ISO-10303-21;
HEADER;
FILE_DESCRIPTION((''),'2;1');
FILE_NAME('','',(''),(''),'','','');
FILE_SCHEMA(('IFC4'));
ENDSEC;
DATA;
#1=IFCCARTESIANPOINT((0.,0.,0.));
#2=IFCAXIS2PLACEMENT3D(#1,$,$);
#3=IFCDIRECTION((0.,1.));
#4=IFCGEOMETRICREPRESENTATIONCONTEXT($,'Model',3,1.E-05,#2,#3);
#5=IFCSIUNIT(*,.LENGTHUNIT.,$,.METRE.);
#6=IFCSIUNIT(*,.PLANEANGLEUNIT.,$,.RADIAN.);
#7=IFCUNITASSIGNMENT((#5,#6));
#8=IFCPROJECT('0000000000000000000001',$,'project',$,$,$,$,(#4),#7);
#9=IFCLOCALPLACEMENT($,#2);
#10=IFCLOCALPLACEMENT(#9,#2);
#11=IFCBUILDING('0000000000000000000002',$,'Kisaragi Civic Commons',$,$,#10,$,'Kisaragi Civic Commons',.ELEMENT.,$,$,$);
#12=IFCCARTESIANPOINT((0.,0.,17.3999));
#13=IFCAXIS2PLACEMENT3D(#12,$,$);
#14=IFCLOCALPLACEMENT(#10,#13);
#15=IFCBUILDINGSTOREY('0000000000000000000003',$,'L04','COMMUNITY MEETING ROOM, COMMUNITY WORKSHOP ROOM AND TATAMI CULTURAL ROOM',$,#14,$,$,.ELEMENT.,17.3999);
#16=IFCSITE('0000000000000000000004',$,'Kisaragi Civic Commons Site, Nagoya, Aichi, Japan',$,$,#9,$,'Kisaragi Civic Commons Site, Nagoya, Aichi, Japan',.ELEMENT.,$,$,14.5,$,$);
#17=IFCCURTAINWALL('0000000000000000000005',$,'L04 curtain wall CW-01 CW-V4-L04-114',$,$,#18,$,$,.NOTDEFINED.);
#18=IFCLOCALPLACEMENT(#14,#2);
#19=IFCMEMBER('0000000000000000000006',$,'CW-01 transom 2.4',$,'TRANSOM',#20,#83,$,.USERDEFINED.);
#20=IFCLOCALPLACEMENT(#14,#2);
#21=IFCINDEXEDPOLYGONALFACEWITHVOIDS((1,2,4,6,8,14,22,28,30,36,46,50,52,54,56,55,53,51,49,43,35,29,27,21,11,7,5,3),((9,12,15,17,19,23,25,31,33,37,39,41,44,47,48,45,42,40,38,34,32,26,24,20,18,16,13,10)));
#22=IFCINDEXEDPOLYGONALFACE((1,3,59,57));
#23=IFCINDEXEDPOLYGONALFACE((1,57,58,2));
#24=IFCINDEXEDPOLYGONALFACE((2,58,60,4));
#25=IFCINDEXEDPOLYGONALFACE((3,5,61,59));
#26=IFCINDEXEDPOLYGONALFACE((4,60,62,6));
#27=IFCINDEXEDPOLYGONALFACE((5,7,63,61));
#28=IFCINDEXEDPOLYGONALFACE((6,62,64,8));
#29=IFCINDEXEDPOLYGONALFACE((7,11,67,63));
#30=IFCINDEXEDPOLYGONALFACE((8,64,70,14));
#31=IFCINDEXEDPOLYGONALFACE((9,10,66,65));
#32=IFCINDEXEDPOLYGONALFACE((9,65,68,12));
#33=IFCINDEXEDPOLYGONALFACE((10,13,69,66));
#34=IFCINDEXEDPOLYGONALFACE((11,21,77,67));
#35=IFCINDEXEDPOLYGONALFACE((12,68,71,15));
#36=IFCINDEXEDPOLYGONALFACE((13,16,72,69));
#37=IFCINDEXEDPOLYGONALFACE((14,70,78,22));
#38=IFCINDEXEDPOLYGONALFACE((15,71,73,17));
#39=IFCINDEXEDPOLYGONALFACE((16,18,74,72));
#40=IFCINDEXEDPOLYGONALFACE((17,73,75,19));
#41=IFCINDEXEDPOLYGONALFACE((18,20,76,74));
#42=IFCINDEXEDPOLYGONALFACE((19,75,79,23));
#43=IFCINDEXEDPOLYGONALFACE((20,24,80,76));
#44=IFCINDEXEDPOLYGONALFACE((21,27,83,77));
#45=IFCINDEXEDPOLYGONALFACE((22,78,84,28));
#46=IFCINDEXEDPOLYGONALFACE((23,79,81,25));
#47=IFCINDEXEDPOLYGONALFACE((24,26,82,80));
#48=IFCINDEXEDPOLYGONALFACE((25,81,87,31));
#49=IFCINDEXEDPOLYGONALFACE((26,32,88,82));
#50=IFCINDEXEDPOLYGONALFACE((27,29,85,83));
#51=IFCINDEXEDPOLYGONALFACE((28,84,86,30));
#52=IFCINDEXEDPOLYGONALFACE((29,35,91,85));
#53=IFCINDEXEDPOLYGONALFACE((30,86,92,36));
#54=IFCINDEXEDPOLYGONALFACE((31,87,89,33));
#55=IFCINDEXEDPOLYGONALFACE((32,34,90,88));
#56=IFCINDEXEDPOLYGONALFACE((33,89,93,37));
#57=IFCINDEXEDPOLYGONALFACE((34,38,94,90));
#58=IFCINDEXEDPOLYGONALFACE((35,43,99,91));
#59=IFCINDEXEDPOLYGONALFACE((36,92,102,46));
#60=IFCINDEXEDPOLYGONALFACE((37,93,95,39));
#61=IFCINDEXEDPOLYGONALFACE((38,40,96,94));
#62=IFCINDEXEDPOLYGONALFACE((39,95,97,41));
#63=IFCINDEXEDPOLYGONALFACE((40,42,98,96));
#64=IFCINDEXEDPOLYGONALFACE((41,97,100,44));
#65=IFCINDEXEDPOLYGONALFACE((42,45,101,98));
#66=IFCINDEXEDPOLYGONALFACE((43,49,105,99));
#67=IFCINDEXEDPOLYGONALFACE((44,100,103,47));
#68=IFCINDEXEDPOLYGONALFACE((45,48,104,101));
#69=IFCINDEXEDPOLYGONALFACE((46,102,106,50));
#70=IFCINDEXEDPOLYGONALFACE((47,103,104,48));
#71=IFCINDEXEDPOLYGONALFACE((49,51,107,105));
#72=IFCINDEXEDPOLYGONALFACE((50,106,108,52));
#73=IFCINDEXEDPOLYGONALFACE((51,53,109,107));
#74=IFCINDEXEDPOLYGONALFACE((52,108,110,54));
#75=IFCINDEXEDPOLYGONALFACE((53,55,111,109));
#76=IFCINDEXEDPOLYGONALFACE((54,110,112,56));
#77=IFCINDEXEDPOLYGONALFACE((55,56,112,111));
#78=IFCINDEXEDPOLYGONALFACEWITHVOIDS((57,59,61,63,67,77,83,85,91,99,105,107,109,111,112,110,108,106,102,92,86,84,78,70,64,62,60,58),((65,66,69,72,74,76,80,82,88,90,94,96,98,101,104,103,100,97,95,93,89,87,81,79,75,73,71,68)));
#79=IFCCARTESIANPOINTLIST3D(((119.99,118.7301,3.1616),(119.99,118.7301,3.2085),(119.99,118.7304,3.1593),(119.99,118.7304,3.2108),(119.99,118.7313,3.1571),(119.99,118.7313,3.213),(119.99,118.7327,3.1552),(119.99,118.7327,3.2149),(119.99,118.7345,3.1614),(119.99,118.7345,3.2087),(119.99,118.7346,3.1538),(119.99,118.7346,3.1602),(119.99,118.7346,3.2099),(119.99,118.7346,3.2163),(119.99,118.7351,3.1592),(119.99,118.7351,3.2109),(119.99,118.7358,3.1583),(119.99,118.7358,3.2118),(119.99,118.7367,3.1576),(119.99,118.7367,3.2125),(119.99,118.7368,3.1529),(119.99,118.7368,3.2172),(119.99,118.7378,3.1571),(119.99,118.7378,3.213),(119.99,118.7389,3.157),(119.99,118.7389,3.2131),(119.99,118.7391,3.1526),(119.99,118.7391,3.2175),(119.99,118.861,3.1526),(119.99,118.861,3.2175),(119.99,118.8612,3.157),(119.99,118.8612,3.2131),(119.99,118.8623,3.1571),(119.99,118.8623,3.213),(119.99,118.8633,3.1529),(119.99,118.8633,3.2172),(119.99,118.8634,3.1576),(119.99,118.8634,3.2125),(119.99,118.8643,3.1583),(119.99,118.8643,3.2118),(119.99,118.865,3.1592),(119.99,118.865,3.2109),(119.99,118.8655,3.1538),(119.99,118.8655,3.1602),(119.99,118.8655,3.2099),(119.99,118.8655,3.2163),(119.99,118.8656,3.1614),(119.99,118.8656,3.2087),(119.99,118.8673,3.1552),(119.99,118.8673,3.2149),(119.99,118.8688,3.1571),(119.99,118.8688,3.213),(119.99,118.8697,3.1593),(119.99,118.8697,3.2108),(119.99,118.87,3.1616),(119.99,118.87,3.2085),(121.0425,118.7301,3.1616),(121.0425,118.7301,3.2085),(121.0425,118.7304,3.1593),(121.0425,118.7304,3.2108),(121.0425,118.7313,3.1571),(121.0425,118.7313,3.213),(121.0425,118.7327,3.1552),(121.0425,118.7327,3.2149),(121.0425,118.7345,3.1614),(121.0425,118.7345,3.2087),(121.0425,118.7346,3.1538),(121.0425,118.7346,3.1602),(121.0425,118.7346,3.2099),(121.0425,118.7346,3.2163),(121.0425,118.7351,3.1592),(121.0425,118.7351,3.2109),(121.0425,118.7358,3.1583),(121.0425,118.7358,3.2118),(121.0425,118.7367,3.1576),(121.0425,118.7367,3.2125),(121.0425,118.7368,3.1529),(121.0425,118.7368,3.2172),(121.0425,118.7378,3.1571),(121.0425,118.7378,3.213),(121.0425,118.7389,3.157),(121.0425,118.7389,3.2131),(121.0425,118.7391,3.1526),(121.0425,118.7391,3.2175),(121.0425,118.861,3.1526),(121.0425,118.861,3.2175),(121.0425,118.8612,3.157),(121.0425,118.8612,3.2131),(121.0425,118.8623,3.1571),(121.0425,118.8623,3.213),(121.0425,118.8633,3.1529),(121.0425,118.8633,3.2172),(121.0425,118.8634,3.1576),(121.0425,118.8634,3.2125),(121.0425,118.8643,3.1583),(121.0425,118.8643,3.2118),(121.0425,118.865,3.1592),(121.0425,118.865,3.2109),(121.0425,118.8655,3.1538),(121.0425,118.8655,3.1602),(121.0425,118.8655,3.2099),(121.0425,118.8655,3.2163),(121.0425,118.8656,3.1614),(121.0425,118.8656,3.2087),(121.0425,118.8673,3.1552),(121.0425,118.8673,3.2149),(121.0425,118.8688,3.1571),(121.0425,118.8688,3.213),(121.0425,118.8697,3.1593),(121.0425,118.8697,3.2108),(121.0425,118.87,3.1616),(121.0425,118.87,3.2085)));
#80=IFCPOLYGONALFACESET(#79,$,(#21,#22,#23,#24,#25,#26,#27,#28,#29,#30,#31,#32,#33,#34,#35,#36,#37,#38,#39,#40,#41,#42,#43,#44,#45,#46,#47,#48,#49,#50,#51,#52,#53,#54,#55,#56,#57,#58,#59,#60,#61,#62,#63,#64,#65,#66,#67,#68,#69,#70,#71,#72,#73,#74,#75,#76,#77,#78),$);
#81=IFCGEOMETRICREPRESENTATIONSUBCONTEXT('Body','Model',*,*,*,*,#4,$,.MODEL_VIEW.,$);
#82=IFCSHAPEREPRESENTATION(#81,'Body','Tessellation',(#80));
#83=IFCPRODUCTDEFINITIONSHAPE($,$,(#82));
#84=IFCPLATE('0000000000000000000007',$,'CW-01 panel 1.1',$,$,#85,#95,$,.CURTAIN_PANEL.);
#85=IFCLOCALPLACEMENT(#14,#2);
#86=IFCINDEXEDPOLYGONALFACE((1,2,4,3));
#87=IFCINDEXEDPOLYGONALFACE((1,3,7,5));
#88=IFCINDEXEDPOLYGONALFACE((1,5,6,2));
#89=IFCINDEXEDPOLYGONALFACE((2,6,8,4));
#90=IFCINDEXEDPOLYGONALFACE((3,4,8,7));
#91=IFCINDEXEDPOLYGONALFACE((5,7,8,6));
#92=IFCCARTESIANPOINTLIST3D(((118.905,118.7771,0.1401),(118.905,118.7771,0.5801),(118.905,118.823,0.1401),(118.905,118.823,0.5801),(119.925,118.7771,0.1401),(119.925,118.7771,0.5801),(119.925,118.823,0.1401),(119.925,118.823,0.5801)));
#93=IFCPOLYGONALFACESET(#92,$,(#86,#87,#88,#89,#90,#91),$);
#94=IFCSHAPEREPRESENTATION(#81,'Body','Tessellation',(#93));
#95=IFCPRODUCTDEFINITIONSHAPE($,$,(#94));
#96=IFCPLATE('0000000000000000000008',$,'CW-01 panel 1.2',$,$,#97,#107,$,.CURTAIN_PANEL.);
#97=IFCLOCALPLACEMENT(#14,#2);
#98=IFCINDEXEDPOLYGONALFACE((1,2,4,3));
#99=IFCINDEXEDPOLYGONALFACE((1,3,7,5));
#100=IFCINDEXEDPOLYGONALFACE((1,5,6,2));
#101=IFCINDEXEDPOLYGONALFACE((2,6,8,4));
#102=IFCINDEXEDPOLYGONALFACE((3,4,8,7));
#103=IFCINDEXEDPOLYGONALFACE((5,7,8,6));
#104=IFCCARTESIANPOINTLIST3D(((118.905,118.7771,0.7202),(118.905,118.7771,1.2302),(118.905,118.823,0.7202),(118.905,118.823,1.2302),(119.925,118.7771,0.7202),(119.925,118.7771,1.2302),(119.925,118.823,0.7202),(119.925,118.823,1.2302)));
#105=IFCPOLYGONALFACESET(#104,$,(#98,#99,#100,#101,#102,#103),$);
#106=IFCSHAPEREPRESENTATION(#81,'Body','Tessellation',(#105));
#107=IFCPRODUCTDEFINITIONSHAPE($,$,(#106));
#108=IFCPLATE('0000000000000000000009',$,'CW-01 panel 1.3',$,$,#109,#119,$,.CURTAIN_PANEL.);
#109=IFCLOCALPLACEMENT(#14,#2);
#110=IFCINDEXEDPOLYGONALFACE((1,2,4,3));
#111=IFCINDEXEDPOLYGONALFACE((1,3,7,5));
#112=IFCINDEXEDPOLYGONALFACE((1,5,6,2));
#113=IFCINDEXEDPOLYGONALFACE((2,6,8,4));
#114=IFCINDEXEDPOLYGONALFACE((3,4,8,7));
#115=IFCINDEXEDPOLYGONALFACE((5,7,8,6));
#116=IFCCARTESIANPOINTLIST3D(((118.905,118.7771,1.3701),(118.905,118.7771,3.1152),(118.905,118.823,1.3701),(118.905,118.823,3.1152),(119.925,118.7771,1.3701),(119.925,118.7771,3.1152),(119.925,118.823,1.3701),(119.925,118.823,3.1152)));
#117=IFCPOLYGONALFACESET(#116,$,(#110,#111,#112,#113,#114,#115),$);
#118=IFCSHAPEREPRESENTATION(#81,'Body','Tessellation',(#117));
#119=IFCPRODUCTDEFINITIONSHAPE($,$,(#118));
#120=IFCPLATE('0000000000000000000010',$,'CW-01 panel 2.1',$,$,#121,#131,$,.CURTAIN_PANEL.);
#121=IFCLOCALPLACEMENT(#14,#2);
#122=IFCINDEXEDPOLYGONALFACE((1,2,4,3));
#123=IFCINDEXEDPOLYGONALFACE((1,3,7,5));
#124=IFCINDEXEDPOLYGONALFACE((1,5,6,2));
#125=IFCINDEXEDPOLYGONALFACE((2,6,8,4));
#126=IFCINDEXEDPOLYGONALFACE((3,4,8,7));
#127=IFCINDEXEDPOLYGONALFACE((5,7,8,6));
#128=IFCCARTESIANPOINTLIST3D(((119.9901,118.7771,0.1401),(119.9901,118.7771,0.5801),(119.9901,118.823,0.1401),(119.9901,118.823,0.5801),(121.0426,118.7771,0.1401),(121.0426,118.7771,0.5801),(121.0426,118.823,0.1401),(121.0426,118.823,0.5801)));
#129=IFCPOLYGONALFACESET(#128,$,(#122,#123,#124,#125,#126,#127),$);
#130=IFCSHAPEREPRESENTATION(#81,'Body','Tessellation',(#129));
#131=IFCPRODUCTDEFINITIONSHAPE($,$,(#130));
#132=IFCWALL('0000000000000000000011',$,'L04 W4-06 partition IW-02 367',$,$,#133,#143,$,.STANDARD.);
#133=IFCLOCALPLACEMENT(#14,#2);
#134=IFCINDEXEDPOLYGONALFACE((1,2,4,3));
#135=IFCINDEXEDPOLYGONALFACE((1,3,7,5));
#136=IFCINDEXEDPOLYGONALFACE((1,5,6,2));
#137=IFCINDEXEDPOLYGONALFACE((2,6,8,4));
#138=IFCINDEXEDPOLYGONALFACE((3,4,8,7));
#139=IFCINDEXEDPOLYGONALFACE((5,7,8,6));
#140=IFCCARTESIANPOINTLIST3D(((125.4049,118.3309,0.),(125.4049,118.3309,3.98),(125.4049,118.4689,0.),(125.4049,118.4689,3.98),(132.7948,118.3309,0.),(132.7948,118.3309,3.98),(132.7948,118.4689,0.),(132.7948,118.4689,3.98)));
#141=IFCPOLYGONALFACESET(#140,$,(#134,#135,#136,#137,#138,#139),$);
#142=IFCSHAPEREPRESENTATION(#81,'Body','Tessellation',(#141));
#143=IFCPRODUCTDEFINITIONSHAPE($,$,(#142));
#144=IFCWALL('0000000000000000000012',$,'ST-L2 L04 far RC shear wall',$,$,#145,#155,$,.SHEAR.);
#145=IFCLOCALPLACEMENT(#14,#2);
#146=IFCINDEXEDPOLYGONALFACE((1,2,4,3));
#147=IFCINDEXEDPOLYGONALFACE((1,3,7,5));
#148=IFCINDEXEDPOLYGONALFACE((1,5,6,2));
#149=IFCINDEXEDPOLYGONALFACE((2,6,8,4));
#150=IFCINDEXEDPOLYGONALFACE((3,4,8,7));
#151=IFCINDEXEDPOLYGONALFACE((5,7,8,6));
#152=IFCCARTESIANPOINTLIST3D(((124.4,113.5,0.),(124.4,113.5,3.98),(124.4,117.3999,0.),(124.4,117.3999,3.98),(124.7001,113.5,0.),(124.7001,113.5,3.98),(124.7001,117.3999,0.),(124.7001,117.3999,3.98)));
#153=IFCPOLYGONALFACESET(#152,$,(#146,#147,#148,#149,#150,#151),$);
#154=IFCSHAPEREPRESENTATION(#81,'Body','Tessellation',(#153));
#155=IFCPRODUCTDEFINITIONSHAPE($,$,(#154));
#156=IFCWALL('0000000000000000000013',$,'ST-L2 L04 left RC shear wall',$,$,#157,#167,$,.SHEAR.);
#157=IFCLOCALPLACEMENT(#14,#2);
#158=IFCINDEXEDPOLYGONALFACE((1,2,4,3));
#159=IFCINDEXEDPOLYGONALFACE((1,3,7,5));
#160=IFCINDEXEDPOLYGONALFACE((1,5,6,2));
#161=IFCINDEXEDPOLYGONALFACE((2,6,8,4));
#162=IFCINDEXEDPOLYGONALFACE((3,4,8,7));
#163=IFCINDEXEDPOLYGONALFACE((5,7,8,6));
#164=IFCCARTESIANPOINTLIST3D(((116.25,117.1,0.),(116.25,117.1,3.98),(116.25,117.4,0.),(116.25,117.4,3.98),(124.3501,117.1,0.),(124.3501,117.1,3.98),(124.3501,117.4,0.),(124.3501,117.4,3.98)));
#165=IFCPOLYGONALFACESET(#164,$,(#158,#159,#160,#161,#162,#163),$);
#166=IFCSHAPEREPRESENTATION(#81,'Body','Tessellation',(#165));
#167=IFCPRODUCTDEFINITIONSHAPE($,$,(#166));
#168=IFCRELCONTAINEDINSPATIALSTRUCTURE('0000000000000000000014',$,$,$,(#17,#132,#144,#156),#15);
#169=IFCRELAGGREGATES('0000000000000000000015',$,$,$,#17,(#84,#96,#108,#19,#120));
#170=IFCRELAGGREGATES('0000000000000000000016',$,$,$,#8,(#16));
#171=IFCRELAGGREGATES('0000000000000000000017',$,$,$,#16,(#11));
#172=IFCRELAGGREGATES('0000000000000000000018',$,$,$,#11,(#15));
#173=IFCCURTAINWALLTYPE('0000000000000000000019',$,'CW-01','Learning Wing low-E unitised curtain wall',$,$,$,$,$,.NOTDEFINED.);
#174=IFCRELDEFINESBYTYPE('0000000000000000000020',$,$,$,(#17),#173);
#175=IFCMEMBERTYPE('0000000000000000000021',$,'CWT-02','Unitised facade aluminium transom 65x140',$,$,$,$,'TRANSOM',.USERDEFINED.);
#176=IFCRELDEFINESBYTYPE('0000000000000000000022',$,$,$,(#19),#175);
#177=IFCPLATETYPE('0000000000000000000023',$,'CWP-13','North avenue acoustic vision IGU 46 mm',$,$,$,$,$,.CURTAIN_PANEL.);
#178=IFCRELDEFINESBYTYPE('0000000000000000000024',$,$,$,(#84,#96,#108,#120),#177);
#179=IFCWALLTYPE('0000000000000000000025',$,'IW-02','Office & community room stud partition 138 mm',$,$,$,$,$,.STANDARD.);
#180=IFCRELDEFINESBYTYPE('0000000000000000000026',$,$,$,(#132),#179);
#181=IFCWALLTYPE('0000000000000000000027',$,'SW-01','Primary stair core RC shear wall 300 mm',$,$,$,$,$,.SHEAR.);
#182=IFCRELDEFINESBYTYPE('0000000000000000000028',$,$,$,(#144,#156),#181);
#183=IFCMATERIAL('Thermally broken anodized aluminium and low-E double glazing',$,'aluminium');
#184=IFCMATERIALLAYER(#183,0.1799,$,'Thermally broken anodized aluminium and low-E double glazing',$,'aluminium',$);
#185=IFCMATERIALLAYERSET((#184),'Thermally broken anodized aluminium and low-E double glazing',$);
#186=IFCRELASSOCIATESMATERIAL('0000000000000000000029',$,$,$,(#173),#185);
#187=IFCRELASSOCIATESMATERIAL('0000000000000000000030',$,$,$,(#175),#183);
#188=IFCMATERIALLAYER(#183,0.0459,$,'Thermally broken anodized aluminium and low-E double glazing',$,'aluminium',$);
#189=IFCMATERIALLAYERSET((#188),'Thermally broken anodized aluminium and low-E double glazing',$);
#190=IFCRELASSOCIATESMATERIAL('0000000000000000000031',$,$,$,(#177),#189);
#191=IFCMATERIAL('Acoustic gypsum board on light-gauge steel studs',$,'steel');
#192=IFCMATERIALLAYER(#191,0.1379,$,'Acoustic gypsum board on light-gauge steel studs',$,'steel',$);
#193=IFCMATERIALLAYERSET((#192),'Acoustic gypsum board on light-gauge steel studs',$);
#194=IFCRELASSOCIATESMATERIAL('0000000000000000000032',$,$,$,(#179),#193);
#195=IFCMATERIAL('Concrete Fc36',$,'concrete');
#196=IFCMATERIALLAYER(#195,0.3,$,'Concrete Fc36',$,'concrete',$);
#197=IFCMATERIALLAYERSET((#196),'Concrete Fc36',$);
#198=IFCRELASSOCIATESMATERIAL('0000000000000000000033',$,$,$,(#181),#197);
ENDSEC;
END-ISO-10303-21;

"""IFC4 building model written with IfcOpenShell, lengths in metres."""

from ifc_helpers import new_model, si_unit, direction, frame, frame_2d, origin, origin_2d, place, context, subcontext, project, spatial, rectangle, hollow_rectangle, extrude, material, layer, layer_set, material_profile, profile_set, type_object, element, aggregate, save


model = new_model("IFC4")

# Units and contexts
model_context = context("Model", 3, precision=1e-05, world=origin(), true_north=direction((0.0, 1.0)))
body_context = subcontext(model_context, "Body", "Model", "MODEL_VIEW")
ifc_project = project(units=[si_unit("LENGTHUNIT", "METRE"), si_unit("PLANEANGLEUNIT", "RADIAN")], contexts=[model_context])

# Site, building, storey
site_placement = place(None, origin())
site = spatial("IfcSite", under=ifc_project, at=site_placement, Name="Kisaragi Civic Commons Site, Nagoya, Aichi, Japan", LongName="Kisaragi Civic Commons Site, Nagoya, Aichi, Japan", CompositionType="ELEMENT", RefElevation=14.5)
building_placement = place(site_placement, origin())
building = spatial("IfcBuilding", under=site, at=building_placement, Name="Kisaragi Civic Commons", LongName="Kisaragi Civic Commons", CompositionType="ELEMENT")
storey_placement = place(building_placement, frame((0.0, 0.0, 17.3999)))
storey = spatial("IfcBuildingStorey", under=building, at=storey_placement, Name="L04", Description="COMMUNITY MEETING ROOM, COMMUNITY WORKSHOP ROOM AND TATAMI CULTURAL ROOM", CompositionType="ELEMENT", Elevation=17.3999)

# Shared definitions
ifc_material_1 = material(Name="Thermally broken anodized aluminium and low-E double glazing", Category="aluminium")
ifc_layer_1 = layer(ifc_material_1, 0.1799, Name="Thermally broken anodized aluminium and low-E double glazing", Category="aluminium")
ifc_layer_set_1 = layer_set([ifc_layer_1], Name="Thermally broken anodized aluminium and low-E double glazing")
curtain_wall_type = type_object("IfcCurtainWallType", Name="CW-01", Description="Learning Wing low-E unitised curtain wall", PredefinedType="NOTDEFINED", material=ifc_layer_set_1)

# Curtain wall, member, plates
curtain_wall_1_placement = place(storey_placement, origin())
curtain_wall_1 = element("IfcCurtainWall", 1, at=curtain_wall_1_placement, inside=storey, type_object=curtain_wall_type, Name="L04 curtain wall CW-01 CW-V4-L04-114", PredefinedType="NOTDEFINED")
ifc_material_profile_1 = material_profile(ifc_material_1, hollow_rectangle(XDim=0.1399, YDim=0.0649, WallThickness=0.0044, InnerFilletRadius=0.0044, OuterFilletRadius=0.009, at=origin_2d()), Name="CWT-65x140x4.5", Category="aluminium")
ifc_profile_set_1 = profile_set([ifc_material_profile_1], Name="Thermally broken anodized aluminium and low-E double glazing")
member_type_1 = type_object("IfcMemberType", Name="CWT-02", Description="Unitised facade aluminium transom 65x140", ElementType="TRANSOM", PredefinedType="USERDEFINED", material=ifc_profile_set_1)
member_1_placement = place(storey_placement, frame((119.99, 118.8, 3.1851), z_axis=(1.0, 0.0, 0.0), x_axis=(0.0, 1.0, 0.0)))
member_1 = element("IfcMember", 2, at=member_1_placement, type_object=member_type_1, Name="CW-01 transom 2.4", ObjectType="TRANSOM", PredefinedType="USERDEFINED", context=body_context, shape_type="SweptSolid", body=[
    extrude(hollow_rectangle(XDim=0.1399, YDim=0.0649, WallThickness=0.0044, InnerFilletRadius=0.0044, OuterFilletRadius=0.009, at=origin_2d()), origin(), (0.0, 0.0, 1.0), 1.0525),
])
ifc_layer_2 = layer(ifc_material_1, 0.0459, Name="Thermally broken anodized aluminium and low-E double glazing", Category="aluminium")
ifc_layer_set_2 = layer_set([ifc_layer_2], Name="Thermally broken anodized aluminium and low-E double glazing")
plate_type = type_object("IfcPlateType", Name="CWP-13", Description="North avenue acoustic vision IGU 46 mm", PredefinedType="CURTAIN_PANEL", material=ifc_layer_set_2)
plate_1_placement = place(storey_placement, frame((119.415, 118.8, 0.1401), z_axis=(0.0, 0.0, 1.0), x_axis=(1.0, 0.0, 0.0)))
plate_1 = element("IfcPlate", 3, at=plate_1_placement, type_object=plate_type, Name="CW-01 panel 1.1", PredefinedType="CURTAIN_PANEL", context=body_context, shape_type="SweptSolid", body=[
    extrude(rectangle(XDim=1.02, YDim=0.0459, at=origin_2d()), origin(), (0.0, 0.0, 1.0), 0.4399),
])
plate_2_placement = place(storey_placement, frame((119.415, 118.8, 0.7202), z_axis=(0.0, 0.0, 1.0), x_axis=(1.0, 0.0, 0.0)))
plate_2 = element("IfcPlate", 4, at=plate_2_placement, type_object=plate_type, Name="CW-01 panel 1.2", PredefinedType="CURTAIN_PANEL", context=body_context, shape_type="SweptSolid", body=[
    extrude(rectangle(XDim=1.02, YDim=0.0459, at=origin_2d()), origin(), (0.0, 0.0, 1.0), 0.51),
])
plate_3_placement = place(storey_placement, frame((119.415, 118.8, 1.3701), z_axis=(0.0, 0.0, 1.0), x_axis=(1.0, 0.0, 0.0)))
plate_3 = element("IfcPlate", 5, at=plate_3_placement, type_object=plate_type, Name="CW-01 panel 1.3", PredefinedType="CURTAIN_PANEL", context=body_context, shape_type="SweptSolid", body=[
    extrude(rectangle(XDim=1.02, YDim=0.0459, at=origin_2d()), origin(), (0.0, 0.0, 1.0), 1.7451),
])
plate_4_placement = place(storey_placement, frame((120.5164, 118.8, 0.1401), z_axis=(0.0, 0.0, 1.0), x_axis=(1.0, 0.0, 0.0)))
plate_4 = element("IfcPlate", 6, at=plate_4_placement, type_object=plate_type, Name="CW-01 panel 2.1", PredefinedType="CURTAIN_PANEL", context=body_context, shape_type="SweptSolid", body=[
    extrude(rectangle(XDim=1.0525, YDim=0.0459, at=origin_2d()), origin(), (0.0, 0.0, 1.0), 0.4399),
])
aggregate(curtain_wall_1, [plate_1, plate_2, plate_3, member_1, plate_4])

# Walls
ifc_material_2 = material(Name="Acoustic gypsum board on light-gauge steel studs", Category="steel")
ifc_layer_3 = layer(ifc_material_2, 0.1379, Name="Acoustic gypsum board on light-gauge steel studs", Category="steel")
ifc_layer_set_3 = layer_set([ifc_layer_3], Name="Acoustic gypsum board on light-gauge steel studs")
wall_type_1 = type_object("IfcWallType", Name="IW-02", Description="Office & community room stud partition 138 mm", PredefinedType="STANDARD", material=ifc_layer_set_3)
wall_1_placement = place(storey_placement, frame((125.405, 118.3999, 0.0), z_axis=(0.0, 0.0, 1.0), x_axis=(1.0, 0.0, 0.0)))
element("IfcWall", 7, at=wall_1_placement, inside=storey, type_object=wall_type_1, Name="L04 W4-06 partition IW-02 367", PredefinedType="STANDARD", context=body_context, shape_type="SweptSolid", body=[
    extrude(rectangle(XDim=7.3899, YDim=0.1379, at=frame_2d((3.6948, 0.0))), origin(), (0.0, 0.0, 1.0), 3.98),
])
ifc_material_3 = material(Name="Concrete Fc36", Category="concrete")
ifc_layer_4 = layer(ifc_material_3, 0.3, Name="Concrete Fc36", Category="concrete")
ifc_layer_set_4 = layer_set([ifc_layer_4], Name="Concrete Fc36")
wall_type_2 = type_object("IfcWallType", Name="SW-01", Description="Primary stair core RC shear wall 300 mm", PredefinedType="SHEAR", material=ifc_layer_set_4)
wall_2_placement = place(storey_placement, frame((124.55, 113.5, 0.0), z_axis=(0.0, 0.0, 1.0), x_axis=(0.0, 1.0, 0.0)))
element("IfcWall", 8, at=wall_2_placement, inside=storey, type_object=wall_type_2, Name="ST-L2 L04 far RC shear wall", PredefinedType="SHEAR", context=body_context, shape_type="SweptSolid", body=[
    extrude(rectangle(XDim=3.8999, YDim=0.3, at=frame_2d((1.95, 0.0))), origin(), (0.0, 0.0, 1.0), 3.98),
])
wall_3_placement = place(storey_placement, frame((124.3501, 117.25, 0.0), z_axis=(0.0, 0.0, 1.0), x_axis=(-1.0, 0.0, 0.0)))
element("IfcWall", 9, at=wall_3_placement, inside=storey, type_object=wall_type_2, Name="ST-L2 L04 left RC shear wall", PredefinedType="SHEAR", context=body_context, shape_type="SweptSolid", body=[
    extrude(rectangle(XDim=8.1001, YDim=0.3, at=frame_2d((4.05, 0.0))), origin(), (0.0, 0.0, 1.0), 3.98),
])

save(model, "model.ifc")
